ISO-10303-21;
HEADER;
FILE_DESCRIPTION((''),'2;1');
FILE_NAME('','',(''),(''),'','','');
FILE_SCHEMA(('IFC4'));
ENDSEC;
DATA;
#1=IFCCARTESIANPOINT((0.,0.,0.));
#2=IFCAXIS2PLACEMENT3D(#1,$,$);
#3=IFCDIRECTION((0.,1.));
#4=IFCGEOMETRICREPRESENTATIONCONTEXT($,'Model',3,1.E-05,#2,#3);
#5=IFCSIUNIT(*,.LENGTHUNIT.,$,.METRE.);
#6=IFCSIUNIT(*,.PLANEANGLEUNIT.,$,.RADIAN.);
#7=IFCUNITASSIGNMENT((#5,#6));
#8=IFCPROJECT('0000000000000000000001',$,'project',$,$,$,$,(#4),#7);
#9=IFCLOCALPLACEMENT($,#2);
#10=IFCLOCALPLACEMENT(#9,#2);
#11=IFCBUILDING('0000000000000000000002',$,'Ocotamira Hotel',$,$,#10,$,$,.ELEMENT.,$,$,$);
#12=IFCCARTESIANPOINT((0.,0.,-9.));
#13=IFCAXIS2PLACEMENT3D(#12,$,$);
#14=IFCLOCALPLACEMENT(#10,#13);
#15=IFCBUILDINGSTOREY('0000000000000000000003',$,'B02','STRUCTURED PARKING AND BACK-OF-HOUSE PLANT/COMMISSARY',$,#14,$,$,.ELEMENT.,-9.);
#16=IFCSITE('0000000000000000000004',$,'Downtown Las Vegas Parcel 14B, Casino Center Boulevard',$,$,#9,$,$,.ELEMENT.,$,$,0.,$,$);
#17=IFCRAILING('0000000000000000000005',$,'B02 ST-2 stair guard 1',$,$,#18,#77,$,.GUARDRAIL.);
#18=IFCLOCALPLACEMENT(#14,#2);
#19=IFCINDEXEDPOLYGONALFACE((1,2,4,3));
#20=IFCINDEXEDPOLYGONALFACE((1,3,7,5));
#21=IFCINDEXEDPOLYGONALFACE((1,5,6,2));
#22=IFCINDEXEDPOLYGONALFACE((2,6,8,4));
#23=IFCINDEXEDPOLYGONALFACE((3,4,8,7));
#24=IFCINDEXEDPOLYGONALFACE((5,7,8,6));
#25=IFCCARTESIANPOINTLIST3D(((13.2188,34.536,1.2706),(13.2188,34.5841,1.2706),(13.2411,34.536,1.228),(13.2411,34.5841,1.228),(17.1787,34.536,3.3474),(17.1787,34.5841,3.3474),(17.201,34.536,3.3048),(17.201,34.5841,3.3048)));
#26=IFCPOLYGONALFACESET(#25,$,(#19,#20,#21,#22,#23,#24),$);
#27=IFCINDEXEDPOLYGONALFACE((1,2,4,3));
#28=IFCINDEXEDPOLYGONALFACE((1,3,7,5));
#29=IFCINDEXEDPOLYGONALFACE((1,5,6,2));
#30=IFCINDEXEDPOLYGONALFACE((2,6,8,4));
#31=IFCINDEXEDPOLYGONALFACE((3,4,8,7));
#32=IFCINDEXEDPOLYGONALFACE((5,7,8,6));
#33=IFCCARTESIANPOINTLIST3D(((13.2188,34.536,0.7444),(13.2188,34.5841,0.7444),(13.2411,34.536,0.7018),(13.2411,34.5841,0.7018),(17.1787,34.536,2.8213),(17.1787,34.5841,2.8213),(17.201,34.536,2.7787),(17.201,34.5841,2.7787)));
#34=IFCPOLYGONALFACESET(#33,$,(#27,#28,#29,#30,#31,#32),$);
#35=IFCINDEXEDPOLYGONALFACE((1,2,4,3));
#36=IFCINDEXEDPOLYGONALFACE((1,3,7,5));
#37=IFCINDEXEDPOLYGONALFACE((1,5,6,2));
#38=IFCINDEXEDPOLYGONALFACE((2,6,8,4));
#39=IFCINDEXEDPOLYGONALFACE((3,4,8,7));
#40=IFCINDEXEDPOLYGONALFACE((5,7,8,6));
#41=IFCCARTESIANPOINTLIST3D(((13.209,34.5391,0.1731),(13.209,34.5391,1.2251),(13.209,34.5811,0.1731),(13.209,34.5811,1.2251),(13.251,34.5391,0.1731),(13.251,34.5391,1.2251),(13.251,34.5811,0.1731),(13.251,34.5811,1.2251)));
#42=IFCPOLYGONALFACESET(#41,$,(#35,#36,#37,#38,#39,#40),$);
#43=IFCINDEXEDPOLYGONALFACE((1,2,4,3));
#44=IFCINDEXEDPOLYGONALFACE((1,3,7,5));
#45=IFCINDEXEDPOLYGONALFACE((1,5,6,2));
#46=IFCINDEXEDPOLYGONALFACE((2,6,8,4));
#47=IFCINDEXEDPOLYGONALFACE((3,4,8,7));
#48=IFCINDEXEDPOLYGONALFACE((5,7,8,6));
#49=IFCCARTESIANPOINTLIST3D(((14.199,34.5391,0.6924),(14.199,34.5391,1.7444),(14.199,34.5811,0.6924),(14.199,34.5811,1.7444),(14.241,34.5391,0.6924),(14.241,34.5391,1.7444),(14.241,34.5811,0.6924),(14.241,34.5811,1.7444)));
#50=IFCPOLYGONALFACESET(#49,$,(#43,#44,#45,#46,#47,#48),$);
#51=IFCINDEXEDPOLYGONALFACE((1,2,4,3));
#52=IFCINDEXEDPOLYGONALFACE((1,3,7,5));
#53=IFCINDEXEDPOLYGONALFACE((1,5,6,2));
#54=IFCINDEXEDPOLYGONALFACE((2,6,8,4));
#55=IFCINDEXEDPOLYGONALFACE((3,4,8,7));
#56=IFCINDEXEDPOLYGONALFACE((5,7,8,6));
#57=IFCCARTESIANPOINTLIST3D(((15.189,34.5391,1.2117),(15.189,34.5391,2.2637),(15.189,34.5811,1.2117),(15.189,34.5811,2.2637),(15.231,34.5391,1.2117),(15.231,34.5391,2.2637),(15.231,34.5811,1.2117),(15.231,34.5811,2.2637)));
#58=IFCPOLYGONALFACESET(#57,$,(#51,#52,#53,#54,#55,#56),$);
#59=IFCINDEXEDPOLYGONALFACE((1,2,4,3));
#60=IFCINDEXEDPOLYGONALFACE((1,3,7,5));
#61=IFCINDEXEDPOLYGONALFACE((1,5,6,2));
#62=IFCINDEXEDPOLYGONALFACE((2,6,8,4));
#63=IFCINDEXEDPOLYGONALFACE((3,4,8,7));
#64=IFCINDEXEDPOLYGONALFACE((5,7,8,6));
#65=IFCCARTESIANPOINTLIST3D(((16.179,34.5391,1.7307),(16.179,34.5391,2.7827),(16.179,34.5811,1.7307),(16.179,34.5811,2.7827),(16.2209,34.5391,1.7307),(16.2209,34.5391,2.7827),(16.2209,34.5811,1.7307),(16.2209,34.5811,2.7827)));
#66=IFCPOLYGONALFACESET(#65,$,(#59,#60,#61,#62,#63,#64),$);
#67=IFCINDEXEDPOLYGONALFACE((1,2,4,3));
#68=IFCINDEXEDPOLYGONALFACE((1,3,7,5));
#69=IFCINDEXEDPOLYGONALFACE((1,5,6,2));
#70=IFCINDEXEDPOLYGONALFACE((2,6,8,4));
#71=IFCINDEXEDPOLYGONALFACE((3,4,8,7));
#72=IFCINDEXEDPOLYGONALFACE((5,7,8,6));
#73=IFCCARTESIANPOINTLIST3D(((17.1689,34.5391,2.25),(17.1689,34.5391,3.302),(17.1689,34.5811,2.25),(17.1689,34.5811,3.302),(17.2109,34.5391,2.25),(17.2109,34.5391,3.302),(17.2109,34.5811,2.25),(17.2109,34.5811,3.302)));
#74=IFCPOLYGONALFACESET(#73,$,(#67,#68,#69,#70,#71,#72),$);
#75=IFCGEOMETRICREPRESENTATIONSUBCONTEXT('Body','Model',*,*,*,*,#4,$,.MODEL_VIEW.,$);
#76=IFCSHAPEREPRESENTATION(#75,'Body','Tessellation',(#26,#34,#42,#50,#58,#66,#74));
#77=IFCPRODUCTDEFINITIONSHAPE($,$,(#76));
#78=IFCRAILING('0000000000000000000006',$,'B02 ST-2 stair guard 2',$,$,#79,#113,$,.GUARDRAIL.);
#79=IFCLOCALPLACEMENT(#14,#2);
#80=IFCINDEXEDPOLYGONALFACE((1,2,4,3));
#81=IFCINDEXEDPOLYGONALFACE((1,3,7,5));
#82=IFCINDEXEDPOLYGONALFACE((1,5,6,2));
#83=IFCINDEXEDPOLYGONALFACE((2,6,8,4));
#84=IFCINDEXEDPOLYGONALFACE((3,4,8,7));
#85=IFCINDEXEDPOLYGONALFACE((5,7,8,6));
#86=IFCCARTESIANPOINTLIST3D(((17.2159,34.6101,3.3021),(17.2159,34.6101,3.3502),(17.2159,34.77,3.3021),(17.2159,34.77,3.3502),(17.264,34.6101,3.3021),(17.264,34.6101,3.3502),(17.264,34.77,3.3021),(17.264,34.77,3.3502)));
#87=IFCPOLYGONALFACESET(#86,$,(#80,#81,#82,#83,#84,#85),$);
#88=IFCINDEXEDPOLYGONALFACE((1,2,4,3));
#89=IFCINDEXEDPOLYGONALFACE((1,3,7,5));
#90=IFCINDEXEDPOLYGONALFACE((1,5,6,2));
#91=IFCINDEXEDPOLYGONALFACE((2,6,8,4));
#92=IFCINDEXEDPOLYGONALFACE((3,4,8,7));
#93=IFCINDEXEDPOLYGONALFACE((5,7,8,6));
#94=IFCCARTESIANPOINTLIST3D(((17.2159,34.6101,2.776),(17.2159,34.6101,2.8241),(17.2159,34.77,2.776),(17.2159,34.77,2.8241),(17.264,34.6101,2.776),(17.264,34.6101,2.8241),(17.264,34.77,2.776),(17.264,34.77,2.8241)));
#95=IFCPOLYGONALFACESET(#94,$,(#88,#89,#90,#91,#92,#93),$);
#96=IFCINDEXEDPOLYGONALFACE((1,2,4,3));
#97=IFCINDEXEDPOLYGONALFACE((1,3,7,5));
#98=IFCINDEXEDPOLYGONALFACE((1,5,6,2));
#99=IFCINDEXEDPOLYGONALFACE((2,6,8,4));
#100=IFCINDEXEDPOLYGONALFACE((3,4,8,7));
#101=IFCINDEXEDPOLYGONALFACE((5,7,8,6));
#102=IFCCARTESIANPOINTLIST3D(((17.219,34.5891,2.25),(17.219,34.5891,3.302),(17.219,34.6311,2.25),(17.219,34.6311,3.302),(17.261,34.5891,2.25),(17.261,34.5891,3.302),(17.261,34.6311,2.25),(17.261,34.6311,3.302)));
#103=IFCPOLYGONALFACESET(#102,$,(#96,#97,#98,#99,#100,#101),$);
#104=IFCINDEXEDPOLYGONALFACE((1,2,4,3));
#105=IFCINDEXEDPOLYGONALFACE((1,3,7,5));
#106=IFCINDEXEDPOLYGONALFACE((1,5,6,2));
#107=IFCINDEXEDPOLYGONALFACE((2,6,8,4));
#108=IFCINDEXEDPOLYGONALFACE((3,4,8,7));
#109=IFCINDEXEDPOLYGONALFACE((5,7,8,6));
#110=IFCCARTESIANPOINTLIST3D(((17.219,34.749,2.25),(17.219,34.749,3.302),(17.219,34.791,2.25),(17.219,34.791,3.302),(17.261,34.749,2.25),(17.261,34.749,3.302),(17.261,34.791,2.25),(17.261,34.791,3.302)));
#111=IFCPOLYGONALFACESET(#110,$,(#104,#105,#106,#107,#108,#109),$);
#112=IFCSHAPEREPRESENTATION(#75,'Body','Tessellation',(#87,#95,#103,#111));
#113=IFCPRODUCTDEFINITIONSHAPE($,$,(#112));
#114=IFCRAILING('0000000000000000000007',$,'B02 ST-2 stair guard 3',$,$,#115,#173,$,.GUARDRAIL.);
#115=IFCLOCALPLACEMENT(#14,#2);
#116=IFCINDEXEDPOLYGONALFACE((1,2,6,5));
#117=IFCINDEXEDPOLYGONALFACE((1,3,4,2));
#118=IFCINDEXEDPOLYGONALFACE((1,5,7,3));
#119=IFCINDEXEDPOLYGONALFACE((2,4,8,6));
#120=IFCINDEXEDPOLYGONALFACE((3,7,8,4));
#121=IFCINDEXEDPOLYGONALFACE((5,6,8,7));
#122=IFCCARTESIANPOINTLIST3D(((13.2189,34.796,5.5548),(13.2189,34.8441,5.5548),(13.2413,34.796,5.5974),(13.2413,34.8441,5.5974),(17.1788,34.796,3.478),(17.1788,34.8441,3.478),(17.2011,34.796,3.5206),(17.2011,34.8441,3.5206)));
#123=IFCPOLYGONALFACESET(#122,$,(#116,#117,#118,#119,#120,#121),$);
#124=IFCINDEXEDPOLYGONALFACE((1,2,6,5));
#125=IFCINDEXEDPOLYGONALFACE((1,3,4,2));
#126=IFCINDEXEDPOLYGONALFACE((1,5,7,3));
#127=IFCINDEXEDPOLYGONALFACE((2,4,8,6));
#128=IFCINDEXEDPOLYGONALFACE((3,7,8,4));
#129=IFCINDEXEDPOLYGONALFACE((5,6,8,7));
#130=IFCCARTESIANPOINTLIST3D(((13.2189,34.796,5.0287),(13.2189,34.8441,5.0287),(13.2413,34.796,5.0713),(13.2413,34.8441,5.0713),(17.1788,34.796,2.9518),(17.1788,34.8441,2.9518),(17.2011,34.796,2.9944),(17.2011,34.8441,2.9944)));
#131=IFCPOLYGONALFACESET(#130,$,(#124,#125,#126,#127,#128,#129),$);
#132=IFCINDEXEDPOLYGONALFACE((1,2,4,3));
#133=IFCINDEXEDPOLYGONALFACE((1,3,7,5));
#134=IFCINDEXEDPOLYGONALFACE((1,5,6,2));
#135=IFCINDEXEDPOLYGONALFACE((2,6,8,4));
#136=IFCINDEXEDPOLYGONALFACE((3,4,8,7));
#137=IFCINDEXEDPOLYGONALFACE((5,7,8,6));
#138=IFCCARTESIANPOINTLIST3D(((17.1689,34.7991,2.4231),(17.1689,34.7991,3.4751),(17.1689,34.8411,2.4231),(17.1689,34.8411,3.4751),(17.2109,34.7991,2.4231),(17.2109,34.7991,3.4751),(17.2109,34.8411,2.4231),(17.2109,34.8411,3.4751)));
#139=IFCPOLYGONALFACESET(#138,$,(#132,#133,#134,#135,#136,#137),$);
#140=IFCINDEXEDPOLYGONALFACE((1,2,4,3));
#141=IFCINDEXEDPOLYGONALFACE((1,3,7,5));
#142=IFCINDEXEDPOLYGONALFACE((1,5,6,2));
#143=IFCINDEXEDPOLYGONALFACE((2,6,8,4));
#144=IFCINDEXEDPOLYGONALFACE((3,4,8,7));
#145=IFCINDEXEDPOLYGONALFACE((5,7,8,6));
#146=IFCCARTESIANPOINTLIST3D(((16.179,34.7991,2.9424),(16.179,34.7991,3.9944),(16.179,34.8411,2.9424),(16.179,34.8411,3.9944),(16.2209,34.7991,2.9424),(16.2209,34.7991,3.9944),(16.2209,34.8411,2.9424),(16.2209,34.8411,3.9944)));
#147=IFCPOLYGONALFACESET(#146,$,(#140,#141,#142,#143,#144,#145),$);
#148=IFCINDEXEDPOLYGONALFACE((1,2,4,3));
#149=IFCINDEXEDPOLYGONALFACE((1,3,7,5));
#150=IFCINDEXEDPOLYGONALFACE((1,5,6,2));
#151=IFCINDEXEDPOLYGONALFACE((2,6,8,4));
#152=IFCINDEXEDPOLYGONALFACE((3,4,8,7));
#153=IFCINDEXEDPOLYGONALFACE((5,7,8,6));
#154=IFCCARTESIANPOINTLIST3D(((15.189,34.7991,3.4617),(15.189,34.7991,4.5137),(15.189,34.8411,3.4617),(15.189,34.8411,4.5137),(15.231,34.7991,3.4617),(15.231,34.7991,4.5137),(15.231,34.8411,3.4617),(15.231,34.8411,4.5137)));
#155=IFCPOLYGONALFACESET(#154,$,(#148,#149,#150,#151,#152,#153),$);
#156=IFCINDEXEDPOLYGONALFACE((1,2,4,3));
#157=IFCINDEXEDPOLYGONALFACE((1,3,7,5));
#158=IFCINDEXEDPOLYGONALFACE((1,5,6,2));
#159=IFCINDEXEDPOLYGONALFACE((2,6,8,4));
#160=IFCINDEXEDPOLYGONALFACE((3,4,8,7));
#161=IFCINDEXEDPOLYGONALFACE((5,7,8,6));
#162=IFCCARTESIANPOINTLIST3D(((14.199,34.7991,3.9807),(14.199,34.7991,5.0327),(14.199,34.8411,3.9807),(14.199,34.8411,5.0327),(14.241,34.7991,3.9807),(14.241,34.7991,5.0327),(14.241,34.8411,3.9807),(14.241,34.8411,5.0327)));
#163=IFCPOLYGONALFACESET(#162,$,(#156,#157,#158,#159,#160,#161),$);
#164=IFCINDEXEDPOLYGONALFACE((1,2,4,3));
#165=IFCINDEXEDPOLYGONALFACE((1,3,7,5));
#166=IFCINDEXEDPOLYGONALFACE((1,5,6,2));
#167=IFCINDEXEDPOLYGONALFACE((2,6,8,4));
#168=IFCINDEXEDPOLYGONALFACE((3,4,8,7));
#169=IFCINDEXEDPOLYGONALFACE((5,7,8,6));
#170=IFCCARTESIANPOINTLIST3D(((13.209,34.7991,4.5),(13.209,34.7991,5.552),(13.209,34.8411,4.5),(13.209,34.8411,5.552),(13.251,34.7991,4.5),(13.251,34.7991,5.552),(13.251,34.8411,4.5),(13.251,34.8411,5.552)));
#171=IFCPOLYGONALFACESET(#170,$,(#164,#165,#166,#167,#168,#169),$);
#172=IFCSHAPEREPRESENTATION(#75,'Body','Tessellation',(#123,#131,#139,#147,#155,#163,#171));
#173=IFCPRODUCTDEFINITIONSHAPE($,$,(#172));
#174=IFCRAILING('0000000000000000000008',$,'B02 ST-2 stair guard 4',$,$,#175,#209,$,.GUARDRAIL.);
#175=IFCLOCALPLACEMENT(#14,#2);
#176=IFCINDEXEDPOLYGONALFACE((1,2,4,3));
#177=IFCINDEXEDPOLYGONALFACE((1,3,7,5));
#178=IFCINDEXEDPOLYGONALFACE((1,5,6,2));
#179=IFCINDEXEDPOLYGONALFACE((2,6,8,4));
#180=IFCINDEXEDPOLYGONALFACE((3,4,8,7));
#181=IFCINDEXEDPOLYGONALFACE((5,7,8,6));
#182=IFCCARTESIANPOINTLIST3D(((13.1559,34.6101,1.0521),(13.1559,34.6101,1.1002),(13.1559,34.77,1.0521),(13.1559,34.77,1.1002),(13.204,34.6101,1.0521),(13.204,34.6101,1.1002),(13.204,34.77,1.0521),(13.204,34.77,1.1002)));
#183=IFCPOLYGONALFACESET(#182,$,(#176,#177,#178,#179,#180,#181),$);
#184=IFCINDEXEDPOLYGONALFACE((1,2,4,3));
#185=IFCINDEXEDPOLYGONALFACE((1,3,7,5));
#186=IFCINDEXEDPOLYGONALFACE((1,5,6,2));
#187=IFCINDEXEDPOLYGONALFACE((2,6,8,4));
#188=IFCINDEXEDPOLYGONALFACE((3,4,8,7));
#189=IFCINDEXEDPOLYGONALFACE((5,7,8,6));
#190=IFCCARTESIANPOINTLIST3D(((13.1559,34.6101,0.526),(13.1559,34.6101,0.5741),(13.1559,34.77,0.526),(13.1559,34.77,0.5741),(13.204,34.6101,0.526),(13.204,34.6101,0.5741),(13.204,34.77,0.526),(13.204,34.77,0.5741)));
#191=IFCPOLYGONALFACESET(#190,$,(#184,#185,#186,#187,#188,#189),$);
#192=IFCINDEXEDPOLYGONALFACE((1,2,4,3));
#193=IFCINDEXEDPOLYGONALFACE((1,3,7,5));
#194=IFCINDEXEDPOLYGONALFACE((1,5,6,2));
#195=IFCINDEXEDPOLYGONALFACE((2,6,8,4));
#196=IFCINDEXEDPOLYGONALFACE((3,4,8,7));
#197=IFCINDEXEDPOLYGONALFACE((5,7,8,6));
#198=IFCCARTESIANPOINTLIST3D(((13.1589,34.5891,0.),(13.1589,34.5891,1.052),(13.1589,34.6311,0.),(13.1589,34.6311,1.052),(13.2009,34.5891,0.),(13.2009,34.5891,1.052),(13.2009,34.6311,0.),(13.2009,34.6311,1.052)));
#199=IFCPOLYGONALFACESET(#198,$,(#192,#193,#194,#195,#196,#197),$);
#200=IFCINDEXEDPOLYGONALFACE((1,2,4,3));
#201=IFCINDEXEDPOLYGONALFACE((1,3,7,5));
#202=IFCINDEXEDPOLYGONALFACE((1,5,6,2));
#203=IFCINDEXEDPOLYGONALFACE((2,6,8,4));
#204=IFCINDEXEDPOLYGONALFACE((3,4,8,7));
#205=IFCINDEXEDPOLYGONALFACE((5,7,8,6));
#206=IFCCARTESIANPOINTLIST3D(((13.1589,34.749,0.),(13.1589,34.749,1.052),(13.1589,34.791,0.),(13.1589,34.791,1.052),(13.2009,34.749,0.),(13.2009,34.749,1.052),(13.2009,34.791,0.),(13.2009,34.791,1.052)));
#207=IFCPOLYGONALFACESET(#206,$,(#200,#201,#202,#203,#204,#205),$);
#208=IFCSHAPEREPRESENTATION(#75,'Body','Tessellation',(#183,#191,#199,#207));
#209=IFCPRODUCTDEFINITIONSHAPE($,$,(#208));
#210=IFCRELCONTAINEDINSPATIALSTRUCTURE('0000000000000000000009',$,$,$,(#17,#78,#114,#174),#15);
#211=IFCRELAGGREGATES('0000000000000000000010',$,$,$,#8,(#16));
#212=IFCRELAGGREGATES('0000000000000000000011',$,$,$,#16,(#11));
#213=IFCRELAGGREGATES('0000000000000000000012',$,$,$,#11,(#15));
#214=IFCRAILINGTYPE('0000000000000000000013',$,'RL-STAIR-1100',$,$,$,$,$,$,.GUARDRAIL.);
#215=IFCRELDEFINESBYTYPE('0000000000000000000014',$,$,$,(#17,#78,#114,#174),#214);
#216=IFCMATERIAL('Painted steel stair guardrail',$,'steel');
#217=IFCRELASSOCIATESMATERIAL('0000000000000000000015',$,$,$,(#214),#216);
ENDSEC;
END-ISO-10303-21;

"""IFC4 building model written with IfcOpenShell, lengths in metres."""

from ifc_helpers import new_model, si_unit, direction, frame, origin, origin_2d, place, context, subcontext, project, spatial, rectangle, extrude, material, type_object, element, save


model = new_model("IFC4")

# Units and contexts
model_context = context("Model", 3, precision=1e-05, world=origin(), true_north=direction((0.0, 1.0)))
body_context = subcontext(model_context, "Body", "Model", "MODEL_VIEW")
ifc_project = project(units=[si_unit("LENGTHUNIT", "METRE"), si_unit("PLANEANGLEUNIT", "RADIAN")], contexts=[model_context])

# Site, building, storey
site_placement = place(None, origin())
site = spatial("IfcSite", under=ifc_project, at=site_placement, Name="Downtown Las Vegas Parcel 14B, Casino Center Boulevard", CompositionType="ELEMENT", RefElevation=0.0)
building_placement = place(site_placement, origin())
building = spatial("IfcBuilding", under=site, at=building_placement, Name="Ocotamira Hotel", CompositionType="ELEMENT")
storey_placement = place(building_placement, frame((0.0, 0.0, -9.0)))
storey = spatial("IfcBuildingStorey", under=building, at=storey_placement, Name="B02", Description="STRUCTURED PARKING AND BACK-OF-HOUSE PLANT/COMMISSARY", CompositionType="ELEMENT", Elevation=-9.0)

# Railings
ifc_material_1 = material(Name="Painted steel stair guardrail", Category="steel")
railing_type_1 = type_object("IfcRailingType", Name="RL-STAIR-1100", PredefinedType="GUARDRAIL", material=ifc_material_1)
railing_1_placement = place(storey_placement, frame((13.23, 34.5601, 0.1731)))
element("IfcRailing", 1, at=railing_1_placement, inside=storey, type_object=railing_type_1, Name="B02 ST-2 stair guard 1", PredefinedType="GUARDRAIL", context=body_context, shape_type="SweptSolid", body=[
    extrude(rectangle(XDim=0.0481, YDim=0.0481, at=origin_2d()), frame((0.0, 0.0, 1.0762), z_axis=(0.885589, 0.0, 0.46447), x_axis=(0.0, 1.0, 0.0)), (0.0, 0.0, 1.0), 4.4714),
    extrude(rectangle(XDim=0.0481, YDim=0.0481, at=origin_2d()), frame((0.0, 0.0, 0.55), z_axis=(0.885589, 0.0, 0.46447), x_axis=(0.0, 1.0, 0.0)), (0.0, 0.0, 1.0), 4.4714),
    extrude(rectangle(XDim=0.042, YDim=0.042, at=origin_2d()), origin(), (0.0, 0.0, 1.0), 1.052),
    extrude(rectangle(XDim=0.042, YDim=0.042, at=origin_2d()), frame((0.99, 0.0, 0.5193)), (0.0, 0.0, 1.0), 1.052),
    extrude(rectangle(XDim=0.042, YDim=0.042, at=origin_2d()), frame((1.98, 0.0, 1.0386)), (0.0, 0.0, 1.0), 1.052),
    extrude(rectangle(XDim=0.042, YDim=0.042, at=origin_2d()), frame((2.97, 0.0, 1.5576)), (0.0, 0.0, 1.0), 1.052),
    extrude(rectangle(XDim=0.042, YDim=0.042, at=origin_2d()), frame((3.96, 0.0, 2.0769)), (0.0, 0.0, 1.0), 1.052),
])
railing_2_placement = place(storey_placement, frame((17.24, 34.6101, 2.25)))
element("IfcRailing", 2, at=railing_2_placement, inside=storey, type_object=railing_type_1, Name="B02 ST-2 stair guard 2", PredefinedType="GUARDRAIL", context=body_context, shape_type="SweptSolid", body=[
    extrude(rectangle(XDim=0.0481, YDim=0.0481, at=origin_2d()), frame((0.0, 0.0, 1.0762), z_axis=(0.0, 1.0, 0.0), x_axis=(-1.0, 0.0, 0.0)), (0.0, 0.0, 1.0), 0.1599),
    extrude(rectangle(XDim=0.0481, YDim=0.0481, at=origin_2d()), frame((0.0, 0.0, 0.55), z_axis=(0.0, 1.0, 0.0), x_axis=(-1.0, 0.0, 0.0)), (0.0, 0.0, 1.0), 0.1599),
    extrude(rectangle(XDim=0.042, YDim=0.042, at=origin_2d()), origin(), (0.0, 0.0, 1.0), 1.052),
    extrude(rectangle(XDim=0.042, YDim=0.042, at=origin_2d()), frame((0.0, 0.1599, 0.0)), (0.0, 0.0, 1.0), 1.052),
])
railing_3_placement = place(storey_placement, frame((17.1899, 34.8201, 2.4231)))
element("IfcRailing", 3, at=railing_3_placement, inside=storey, type_object=railing_type_1, Name="B02 ST-2 stair guard 3", PredefinedType="GUARDRAIL", context=body_context, shape_type="SweptSolid", body=[
    extrude(rectangle(XDim=0.0481, YDim=0.0481, at=origin_2d()), frame((0.0, 0.0, 1.0762), z_axis=(-0.885589, 0.0, 0.46447), x_axis=(0.0, -1.0, 0.0)), (0.0, 0.0, 1.0), 4.4714),
    extrude(rectangle(XDim=0.0481, YDim=0.0481, at=origin_2d()), frame((0.0, 0.0, 0.55), z_axis=(-0.885589, 0.0, 0.46447), x_axis=(0.0, -1.0, 0.0)), (0.0, 0.0, 1.0), 4.4714),
    extrude(rectangle(XDim=0.042, YDim=0.042, at=origin_2d()), origin(), (0.0, 0.0, 1.0), 1.052),
    extrude(rectangle(XDim=0.042, YDim=0.042, at=origin_2d()), frame((-0.99, 0.0, 0.5193)), (0.0, 0.0, 1.0), 1.052),
    extrude(rectangle(XDim=0.042, YDim=0.042, at=origin_2d()), frame((-1.98, 0.0, 1.0386)), (0.0, 0.0, 1.0), 1.052),
    extrude(rectangle(XDim=0.042, YDim=0.042, at=origin_2d()), frame((-2.97, 0.0, 1.5576)), (0.0, 0.0, 1.0), 1.052),
    extrude(rectangle(XDim=0.042, YDim=0.042, at=origin_2d()), frame((-3.96, 0.0, 2.0769)), (0.0, 0.0, 1.0), 1.052),
])
railing_4_placement = place(storey_placement, frame((13.1799, 34.6101, 0.0)))
element("IfcRailing", 4, at=railing_4_placement, inside=storey, type_object=railing_type_1, Name="B02 ST-2 stair guard 4", PredefinedType="GUARDRAIL", context=body_context, shape_type="SweptSolid", body=[
    extrude(rectangle(XDim=0.0481, YDim=0.0481, at=origin_2d()), frame((0.0, 0.0, 1.0762), z_axis=(0.0, 1.0, 0.0), x_axis=(-1.0, 0.0, 0.0)), (0.0, 0.0, 1.0), 0.1599),
    extrude(rectangle(XDim=0.0481, YDim=0.0481, at=origin_2d()), frame((0.0, 0.0, 0.55), z_axis=(0.0, 1.0, 0.0), x_axis=(-1.0, 0.0, 0.0)), (0.0, 0.0, 1.0), 0.1599),
    extrude(rectangle(XDim=0.042, YDim=0.042, at=origin_2d()), origin(), (0.0, 0.0, 1.0), 1.052),
    extrude(rectangle(XDim=0.042, YDim=0.042, at=origin_2d()), frame((0.0, 0.1599, 0.0)), (0.0, 0.0, 1.0), 1.052),
])

save(model, "model.ifc")
